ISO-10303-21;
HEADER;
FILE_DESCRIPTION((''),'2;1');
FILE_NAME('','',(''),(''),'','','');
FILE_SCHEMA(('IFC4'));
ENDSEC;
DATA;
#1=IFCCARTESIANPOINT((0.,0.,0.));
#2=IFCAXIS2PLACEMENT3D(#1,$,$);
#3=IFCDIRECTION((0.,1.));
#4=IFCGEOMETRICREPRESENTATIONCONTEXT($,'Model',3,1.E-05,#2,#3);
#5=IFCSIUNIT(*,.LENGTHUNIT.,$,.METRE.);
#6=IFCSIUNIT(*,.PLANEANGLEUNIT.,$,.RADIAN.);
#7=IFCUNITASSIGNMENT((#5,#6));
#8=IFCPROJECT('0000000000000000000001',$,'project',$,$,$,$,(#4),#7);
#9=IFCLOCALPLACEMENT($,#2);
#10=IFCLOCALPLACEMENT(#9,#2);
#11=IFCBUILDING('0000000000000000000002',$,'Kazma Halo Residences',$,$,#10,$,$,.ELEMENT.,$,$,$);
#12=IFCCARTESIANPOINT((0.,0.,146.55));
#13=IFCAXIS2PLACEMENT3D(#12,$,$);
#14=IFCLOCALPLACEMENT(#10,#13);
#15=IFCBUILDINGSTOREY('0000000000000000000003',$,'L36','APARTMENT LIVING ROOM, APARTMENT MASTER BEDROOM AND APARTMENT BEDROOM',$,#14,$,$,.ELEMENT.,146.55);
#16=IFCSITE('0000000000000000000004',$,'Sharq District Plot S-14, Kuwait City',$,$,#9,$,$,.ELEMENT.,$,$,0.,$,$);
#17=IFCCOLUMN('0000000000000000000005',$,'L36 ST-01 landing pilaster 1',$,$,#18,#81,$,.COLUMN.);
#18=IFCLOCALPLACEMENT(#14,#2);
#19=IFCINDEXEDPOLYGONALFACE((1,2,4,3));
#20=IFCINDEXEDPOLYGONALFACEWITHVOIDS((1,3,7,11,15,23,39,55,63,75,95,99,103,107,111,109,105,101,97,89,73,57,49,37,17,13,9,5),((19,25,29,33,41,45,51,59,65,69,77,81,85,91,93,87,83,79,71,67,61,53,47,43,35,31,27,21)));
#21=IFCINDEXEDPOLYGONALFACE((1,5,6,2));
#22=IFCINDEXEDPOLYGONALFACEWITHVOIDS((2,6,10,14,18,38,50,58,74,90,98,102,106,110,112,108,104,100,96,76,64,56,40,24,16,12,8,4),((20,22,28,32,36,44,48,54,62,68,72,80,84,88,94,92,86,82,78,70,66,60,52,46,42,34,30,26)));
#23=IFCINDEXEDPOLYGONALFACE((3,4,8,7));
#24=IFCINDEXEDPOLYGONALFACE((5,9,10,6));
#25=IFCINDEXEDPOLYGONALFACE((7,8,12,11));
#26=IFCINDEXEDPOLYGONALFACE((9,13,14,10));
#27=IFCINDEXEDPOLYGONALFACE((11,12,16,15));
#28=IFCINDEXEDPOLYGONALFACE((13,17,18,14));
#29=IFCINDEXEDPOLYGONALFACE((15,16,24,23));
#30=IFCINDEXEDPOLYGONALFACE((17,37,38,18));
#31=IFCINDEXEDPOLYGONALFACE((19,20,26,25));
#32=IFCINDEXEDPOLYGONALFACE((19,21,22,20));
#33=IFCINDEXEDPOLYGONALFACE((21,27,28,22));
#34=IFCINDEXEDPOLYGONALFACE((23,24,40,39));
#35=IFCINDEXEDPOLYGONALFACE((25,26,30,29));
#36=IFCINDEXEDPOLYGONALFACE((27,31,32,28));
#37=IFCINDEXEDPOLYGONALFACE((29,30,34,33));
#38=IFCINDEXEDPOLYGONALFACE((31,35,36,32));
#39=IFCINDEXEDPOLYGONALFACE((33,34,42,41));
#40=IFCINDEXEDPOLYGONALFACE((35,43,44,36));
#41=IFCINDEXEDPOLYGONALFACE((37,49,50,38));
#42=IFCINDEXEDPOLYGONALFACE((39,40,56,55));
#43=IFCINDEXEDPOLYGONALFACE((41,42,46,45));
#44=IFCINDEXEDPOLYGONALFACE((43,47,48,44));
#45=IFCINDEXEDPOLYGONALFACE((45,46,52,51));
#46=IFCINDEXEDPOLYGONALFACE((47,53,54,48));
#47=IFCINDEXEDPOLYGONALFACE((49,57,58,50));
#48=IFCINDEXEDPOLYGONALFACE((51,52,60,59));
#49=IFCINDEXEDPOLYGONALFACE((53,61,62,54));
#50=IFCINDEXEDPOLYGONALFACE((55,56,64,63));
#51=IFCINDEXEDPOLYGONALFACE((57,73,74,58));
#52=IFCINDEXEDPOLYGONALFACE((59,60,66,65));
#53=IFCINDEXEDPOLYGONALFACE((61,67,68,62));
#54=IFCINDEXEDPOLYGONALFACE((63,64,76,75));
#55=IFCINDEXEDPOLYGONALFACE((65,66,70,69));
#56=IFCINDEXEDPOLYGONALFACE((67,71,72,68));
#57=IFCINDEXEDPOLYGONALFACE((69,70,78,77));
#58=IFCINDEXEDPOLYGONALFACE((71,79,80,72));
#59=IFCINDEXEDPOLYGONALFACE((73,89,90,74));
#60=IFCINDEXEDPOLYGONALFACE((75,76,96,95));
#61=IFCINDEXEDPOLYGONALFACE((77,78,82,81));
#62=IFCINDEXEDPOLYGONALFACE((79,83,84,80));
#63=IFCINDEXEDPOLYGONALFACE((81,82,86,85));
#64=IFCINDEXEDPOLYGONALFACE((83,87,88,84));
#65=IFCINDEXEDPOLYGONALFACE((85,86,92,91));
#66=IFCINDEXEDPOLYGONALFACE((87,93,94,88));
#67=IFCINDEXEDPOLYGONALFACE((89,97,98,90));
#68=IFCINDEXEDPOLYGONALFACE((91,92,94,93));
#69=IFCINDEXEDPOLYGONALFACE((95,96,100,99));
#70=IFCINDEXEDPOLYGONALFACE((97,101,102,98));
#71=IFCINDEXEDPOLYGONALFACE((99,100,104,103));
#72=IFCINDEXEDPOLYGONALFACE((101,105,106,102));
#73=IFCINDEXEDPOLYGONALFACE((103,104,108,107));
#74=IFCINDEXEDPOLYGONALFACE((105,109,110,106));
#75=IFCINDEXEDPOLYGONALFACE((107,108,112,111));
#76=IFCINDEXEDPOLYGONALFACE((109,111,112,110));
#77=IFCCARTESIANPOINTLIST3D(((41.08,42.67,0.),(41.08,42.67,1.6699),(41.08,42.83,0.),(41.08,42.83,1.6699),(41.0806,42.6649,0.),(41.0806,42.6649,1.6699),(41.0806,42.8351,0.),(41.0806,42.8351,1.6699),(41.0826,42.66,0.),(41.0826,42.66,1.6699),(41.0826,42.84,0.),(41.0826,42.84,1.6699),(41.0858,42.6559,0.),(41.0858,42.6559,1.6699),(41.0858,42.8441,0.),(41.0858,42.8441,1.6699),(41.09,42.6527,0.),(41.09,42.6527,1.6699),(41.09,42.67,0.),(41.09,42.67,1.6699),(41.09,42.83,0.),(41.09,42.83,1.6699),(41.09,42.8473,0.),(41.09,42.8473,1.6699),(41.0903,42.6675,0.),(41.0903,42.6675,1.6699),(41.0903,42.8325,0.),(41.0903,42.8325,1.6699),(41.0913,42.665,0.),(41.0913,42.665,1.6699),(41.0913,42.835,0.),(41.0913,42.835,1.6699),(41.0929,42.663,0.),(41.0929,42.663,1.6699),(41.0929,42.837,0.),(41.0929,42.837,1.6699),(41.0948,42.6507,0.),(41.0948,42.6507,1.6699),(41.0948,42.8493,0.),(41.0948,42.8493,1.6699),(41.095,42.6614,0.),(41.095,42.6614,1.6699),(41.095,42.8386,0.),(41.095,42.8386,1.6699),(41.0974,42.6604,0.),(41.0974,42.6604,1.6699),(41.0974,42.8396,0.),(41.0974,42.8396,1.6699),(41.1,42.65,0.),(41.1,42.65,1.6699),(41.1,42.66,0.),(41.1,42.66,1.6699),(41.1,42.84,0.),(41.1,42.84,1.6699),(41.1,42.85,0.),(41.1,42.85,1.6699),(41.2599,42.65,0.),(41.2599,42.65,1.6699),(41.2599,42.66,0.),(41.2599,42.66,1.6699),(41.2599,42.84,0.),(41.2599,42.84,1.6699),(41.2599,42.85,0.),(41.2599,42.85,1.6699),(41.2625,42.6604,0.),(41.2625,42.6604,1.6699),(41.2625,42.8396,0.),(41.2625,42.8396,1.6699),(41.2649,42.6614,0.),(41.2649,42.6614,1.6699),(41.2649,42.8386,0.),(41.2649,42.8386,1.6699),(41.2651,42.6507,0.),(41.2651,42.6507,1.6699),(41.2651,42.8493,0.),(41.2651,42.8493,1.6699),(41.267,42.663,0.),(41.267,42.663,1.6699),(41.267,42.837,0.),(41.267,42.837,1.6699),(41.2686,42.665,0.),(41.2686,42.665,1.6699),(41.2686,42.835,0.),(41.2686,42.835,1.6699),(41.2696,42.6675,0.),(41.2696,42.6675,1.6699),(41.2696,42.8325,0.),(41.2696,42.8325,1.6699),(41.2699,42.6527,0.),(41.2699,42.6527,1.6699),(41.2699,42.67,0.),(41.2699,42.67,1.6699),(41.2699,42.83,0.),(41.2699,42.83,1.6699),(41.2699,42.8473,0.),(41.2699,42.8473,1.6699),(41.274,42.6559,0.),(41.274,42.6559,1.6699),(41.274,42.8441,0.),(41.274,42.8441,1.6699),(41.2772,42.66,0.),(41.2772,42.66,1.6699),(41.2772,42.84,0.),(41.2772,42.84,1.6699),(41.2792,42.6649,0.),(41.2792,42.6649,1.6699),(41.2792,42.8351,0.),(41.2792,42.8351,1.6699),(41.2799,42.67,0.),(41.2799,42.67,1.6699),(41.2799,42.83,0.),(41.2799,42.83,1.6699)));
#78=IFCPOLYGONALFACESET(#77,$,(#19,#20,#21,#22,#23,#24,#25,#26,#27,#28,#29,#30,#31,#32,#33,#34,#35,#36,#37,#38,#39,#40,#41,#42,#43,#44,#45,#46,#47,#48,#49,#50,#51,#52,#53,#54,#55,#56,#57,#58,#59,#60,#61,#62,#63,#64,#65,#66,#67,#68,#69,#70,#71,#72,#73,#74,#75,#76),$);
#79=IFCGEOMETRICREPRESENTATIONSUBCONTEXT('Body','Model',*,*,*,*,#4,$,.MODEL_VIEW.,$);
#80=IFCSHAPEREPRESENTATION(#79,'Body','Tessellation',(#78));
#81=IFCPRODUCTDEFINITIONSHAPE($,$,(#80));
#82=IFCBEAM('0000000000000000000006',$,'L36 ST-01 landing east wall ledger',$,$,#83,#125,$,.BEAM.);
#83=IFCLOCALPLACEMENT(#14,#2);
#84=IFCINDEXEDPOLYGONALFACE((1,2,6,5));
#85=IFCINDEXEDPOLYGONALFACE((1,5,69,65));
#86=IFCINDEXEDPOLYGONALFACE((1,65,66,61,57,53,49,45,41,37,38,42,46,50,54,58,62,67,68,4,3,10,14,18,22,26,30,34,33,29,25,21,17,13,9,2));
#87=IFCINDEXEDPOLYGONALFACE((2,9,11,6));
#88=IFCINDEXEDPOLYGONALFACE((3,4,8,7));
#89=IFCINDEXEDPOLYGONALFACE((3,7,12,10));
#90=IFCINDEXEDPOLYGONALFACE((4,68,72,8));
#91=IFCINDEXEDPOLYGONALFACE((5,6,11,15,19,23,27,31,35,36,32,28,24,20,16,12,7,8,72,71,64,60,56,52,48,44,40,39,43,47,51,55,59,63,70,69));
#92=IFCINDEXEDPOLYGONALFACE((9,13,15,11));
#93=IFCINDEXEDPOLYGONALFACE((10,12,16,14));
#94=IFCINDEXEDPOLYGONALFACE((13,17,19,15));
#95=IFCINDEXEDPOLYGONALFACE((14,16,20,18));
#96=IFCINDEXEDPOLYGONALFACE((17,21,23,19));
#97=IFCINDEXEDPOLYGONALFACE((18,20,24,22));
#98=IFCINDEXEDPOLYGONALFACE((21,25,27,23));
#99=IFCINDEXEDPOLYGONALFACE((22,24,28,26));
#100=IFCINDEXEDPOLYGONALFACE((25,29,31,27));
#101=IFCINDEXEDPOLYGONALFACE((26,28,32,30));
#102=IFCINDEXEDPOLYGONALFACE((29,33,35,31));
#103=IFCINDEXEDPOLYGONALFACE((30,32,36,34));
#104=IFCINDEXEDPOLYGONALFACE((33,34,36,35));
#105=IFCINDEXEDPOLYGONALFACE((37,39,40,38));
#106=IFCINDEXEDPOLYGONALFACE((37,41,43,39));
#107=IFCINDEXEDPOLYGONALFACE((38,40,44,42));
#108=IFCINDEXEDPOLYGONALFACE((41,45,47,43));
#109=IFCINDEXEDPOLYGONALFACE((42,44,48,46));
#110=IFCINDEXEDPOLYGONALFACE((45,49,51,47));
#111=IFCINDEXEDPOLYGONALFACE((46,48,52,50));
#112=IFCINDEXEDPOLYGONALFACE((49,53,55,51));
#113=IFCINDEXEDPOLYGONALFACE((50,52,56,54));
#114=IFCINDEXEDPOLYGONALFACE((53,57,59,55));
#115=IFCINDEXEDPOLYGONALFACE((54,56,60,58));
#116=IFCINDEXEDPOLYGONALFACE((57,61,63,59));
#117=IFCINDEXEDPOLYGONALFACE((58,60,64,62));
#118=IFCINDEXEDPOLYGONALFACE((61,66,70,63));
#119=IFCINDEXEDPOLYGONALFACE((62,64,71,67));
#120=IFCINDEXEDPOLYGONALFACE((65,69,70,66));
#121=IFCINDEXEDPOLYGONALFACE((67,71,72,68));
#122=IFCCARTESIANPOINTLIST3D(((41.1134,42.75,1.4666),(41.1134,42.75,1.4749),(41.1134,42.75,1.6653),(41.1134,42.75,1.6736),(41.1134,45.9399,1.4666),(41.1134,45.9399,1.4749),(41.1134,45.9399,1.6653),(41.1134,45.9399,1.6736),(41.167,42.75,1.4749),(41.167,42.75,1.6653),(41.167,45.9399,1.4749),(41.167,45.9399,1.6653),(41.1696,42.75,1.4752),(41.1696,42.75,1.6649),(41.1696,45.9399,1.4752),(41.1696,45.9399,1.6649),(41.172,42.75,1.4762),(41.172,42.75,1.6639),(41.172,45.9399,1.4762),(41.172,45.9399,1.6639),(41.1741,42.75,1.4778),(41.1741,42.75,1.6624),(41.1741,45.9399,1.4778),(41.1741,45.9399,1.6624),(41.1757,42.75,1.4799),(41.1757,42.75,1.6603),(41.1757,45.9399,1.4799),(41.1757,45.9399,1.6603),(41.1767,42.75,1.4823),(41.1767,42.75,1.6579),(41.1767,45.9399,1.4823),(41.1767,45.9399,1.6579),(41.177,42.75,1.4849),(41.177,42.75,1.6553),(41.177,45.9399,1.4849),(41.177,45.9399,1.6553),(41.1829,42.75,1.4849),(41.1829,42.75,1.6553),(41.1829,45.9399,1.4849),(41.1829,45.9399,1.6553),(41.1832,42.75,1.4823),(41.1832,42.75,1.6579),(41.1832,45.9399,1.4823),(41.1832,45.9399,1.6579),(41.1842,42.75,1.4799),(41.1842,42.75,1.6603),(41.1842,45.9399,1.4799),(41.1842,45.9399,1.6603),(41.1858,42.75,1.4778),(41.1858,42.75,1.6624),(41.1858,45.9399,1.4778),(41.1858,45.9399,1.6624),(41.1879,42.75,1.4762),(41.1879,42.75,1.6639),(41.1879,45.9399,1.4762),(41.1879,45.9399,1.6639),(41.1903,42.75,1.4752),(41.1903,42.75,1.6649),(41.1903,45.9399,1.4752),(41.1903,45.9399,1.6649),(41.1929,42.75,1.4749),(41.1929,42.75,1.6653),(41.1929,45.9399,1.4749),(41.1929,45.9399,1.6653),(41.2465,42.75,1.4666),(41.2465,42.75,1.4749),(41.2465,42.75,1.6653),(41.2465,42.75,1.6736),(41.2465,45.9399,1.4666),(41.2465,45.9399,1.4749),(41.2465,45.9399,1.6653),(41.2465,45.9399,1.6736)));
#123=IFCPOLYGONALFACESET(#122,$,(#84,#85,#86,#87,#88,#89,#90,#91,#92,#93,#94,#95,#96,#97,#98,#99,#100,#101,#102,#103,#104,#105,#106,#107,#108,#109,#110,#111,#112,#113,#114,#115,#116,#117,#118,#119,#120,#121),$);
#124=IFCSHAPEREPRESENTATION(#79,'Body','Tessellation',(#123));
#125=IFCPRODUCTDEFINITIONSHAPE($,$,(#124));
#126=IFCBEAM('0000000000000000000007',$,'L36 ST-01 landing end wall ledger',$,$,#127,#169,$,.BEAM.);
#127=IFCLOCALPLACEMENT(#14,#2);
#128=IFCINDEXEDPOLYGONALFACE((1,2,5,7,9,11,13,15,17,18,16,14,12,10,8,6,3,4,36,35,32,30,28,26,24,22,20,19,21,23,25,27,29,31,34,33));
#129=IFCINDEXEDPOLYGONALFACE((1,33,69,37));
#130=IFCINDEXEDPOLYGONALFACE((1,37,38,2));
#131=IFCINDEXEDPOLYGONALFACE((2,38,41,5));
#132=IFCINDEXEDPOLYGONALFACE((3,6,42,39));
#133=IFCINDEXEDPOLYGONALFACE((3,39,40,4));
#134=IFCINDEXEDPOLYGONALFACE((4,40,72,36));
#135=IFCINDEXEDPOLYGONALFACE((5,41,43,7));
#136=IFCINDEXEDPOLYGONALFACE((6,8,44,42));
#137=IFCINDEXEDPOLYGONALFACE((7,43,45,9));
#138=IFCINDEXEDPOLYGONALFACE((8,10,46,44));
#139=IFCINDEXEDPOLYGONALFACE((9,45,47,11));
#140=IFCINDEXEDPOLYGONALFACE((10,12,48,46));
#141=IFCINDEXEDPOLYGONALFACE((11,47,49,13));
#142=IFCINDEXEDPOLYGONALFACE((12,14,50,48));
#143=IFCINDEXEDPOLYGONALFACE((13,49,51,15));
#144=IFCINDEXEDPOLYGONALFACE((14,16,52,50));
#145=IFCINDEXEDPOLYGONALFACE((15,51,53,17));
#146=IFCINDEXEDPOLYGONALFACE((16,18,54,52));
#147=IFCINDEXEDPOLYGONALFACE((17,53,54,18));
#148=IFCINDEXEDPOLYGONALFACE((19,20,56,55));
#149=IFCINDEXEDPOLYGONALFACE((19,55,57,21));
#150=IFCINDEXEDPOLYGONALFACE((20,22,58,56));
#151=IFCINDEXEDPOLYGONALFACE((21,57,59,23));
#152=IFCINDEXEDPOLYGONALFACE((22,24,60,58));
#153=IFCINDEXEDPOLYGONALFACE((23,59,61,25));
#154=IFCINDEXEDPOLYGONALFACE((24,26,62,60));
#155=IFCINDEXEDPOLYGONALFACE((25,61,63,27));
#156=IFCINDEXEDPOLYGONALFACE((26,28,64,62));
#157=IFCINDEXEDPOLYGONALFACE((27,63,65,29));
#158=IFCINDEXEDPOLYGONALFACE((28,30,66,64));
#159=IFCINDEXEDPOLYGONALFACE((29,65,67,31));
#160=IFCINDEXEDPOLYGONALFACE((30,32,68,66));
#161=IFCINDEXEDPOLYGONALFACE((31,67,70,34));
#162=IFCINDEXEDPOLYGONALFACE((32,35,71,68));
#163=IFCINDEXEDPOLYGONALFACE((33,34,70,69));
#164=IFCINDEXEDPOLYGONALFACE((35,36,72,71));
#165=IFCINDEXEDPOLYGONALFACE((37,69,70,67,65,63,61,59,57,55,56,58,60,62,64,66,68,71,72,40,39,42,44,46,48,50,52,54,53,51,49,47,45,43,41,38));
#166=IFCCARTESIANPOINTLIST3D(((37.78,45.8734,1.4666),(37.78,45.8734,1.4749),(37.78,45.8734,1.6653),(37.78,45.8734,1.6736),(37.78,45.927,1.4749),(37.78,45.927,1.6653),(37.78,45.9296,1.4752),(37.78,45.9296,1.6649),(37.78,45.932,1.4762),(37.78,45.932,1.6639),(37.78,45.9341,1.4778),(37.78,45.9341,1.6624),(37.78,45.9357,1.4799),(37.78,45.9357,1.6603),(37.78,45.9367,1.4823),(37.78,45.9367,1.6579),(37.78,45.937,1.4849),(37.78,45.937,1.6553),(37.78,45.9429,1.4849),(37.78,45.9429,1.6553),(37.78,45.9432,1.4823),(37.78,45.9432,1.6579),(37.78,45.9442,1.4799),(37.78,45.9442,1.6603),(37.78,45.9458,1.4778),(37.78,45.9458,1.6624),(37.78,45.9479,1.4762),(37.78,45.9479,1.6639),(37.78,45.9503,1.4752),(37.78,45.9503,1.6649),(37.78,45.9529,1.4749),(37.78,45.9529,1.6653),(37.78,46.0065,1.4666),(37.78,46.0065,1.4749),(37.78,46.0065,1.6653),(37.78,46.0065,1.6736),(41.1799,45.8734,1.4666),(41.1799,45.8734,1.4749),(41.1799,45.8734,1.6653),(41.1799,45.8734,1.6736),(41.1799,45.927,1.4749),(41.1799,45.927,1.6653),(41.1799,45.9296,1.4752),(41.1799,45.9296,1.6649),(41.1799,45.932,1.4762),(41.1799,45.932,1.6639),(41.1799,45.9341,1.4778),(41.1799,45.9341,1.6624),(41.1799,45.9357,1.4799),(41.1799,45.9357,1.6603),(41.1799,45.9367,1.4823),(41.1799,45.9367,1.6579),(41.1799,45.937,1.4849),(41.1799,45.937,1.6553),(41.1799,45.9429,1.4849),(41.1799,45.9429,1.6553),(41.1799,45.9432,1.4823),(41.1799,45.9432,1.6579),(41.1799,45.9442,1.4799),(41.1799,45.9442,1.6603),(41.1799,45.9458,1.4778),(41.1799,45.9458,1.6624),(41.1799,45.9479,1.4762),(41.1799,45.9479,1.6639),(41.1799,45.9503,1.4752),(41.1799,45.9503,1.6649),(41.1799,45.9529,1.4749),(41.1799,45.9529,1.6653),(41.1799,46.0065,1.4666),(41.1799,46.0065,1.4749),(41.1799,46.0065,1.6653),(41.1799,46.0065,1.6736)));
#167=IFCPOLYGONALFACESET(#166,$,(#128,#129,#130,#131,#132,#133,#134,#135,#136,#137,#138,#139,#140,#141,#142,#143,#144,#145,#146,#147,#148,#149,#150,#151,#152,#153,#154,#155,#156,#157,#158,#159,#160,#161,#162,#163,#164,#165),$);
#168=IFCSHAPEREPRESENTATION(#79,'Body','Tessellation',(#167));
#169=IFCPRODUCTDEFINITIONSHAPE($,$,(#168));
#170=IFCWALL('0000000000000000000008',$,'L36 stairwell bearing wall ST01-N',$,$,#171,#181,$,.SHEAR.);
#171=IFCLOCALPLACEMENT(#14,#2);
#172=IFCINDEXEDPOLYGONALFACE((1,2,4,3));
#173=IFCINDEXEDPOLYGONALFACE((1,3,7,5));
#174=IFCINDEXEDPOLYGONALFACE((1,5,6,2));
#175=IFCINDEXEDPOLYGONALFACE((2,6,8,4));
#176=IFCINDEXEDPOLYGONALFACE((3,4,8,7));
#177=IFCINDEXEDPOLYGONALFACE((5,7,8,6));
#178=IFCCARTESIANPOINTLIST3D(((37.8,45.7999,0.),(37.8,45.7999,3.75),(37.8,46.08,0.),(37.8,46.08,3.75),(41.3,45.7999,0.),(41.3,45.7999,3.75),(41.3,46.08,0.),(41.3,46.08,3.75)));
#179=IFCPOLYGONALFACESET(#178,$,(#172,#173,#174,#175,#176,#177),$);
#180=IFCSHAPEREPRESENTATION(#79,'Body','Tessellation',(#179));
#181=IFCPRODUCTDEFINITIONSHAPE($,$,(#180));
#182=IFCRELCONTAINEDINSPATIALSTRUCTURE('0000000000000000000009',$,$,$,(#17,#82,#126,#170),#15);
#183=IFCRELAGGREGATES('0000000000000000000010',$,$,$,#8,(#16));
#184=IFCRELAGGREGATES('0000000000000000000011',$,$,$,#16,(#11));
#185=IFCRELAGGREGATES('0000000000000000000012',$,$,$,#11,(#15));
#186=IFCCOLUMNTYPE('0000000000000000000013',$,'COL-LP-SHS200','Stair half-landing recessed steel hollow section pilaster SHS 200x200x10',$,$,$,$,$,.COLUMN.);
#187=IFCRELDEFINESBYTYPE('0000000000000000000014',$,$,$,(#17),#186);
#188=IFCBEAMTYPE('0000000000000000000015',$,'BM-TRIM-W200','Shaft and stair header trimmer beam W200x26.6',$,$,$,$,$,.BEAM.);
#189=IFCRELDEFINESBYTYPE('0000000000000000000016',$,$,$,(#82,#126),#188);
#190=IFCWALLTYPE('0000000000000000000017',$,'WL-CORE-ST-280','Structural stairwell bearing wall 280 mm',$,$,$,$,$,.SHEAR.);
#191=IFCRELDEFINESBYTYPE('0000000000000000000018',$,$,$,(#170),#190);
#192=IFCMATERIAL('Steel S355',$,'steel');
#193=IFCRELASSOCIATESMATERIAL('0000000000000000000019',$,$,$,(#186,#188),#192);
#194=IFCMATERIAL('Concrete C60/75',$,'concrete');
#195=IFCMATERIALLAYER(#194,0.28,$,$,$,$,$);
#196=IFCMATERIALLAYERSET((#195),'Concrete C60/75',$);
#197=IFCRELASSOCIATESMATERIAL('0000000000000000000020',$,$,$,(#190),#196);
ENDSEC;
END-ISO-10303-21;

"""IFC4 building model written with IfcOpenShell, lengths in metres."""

from ifc_helpers import new_model, si_unit, direction, frame, frame_2d, origin, origin_2d, place, context, subcontext, project, spatial, rectangle, hollow_rectangle, i_section, extrude, material, layer, layer_set, material_profile, profile_set, type_object, element, save


model = new_model("IFC4")

# Units and contexts
model_context = context("Model", 3, precision=1e-05, world=origin(), true_north=direction((0.0, 1.0)))
body_context = subcontext(model_context, "Body", "Model", "MODEL_VIEW")
ifc_project = project(units=[si_unit("LENGTHUNIT", "METRE"), si_unit("PLANEANGLEUNIT", "RADIAN")], contexts=[model_context])

# Site, building, storey
site_placement = place(None, origin())
site = spatial("IfcSite", under=ifc_project, at=site_placement, Name="Sharq District Plot S-14, Kuwait City", CompositionType="ELEMENT", RefElevation=0.0)
building_placement = place(site_placement, origin())
building = spatial("IfcBuilding", under=site, at=building_placement, Name="Kazma Halo Residences", CompositionType="ELEMENT")
storey_placement = place(building_placement, frame((0.0, 0.0, 146.55)))
storey = spatial("IfcBuildingStorey", under=building, at=storey_placement, Name="L36", Description="APARTMENT LIVING ROOM, APARTMENT MASTER BEDROOM AND APARTMENT BEDROOM", CompositionType="ELEMENT", Elevation=146.55)

# Column
ifc_material_1 = material(Name="Steel S355", Category="steel")
ifc_material_profile_1 = material_profile(ifc_material_1, hollow_rectangle(XDim=0.2, YDim=0.2, WallThickness=0.01, InnerFilletRadius=0.01, OuterFilletRadius=0.02, at=origin_2d()), Name="SHS200x200x10")
ifc_profile_set_1 = profile_set([ifc_material_profile_1], Name="Steel S355")
column_type = type_object("IfcColumnType", Name="COL-LP-SHS200", Description="Stair half-landing recessed steel hollow section pilaster SHS 200x200x10", PredefinedType="COLUMN", material=ifc_profile_set_1)
column_placement = place(storey_placement, frame((41.1799, 42.75, 0.0), z_axis=(0.0, 0.0, 1.0), x_axis=(1.0, 0.0, 0.0)))
element("IfcColumn", 1, at=column_placement, inside=storey, type_object=column_type, Name="L36 ST-01 landing pilaster 1", PredefinedType="COLUMN", context=body_context, shape_type="SweptSolid", body=[
    extrude(hollow_rectangle(XDim=0.2, YDim=0.2, WallThickness=0.01, InnerFilletRadius=0.01, OuterFilletRadius=0.02, at=origin_2d()), origin(), (0.0, 0.0, 1.0), 1.6699),
])

# Beams
ifc_material_profile_2 = material_profile(ifc_material_1, i_section(OverallWidth=0.1331, OverallDepth=0.207, WebThickness=0.0059, FlangeThickness=0.0083, FilletRadius=0.01, at=origin_2d()), Name="W200x26.6")
ifc_profile_set_2 = profile_set([ifc_material_profile_2], Name="Steel S355")
beam_type = type_object("IfcBeamType", Name="BM-TRIM-W200", Description="Shaft and stair header trimmer beam W200x26.6", PredefinedType="BEAM", material=ifc_profile_set_2)
beam_1_placement = place(storey_placement, frame((41.1799, 42.75, 1.5701), z_axis=(0.0, 1.0, 0.0), x_axis=(-1.0, 0.0, 0.0)))
element("IfcBeam", 2, at=beam_1_placement, inside=storey, type_object=beam_type, Name="L36 ST-01 landing east wall ledger", PredefinedType="BEAM", context=body_context, shape_type="SweptSolid", body=[
    extrude(i_section(OverallWidth=0.1331, OverallDepth=0.207, WebThickness=0.0059, FlangeThickness=0.0083, FilletRadius=0.01, at=origin_2d()), origin(), (0.0, 0.0, 1.0), 3.1899),
])
beam_2_placement = place(storey_placement, frame((37.78, 45.9399, 1.5701), z_axis=(1.0, 0.0, 0.0), x_axis=(0.0, 1.0, 0.0)))
element("IfcBeam", 3, at=beam_2_placement, inside=storey, type_object=beam_type, Name="L36 ST-01 landing end wall ledger", PredefinedType="BEAM", context=body_context, shape_type="SweptSolid", body=[
    extrude(i_section(OverallWidth=0.1331, OverallDepth=0.207, WebThickness=0.0059, FlangeThickness=0.0083, FilletRadius=0.01, at=origin_2d()), origin(), (0.0, 0.0, 1.0), 3.3999),
])

# Wall
ifc_material_2 = material(Name="Concrete C60/75", Category="concrete")
ifc_layer_1 = layer(ifc_material_2, 0.28)
ifc_layer_set_1 = layer_set([ifc_layer_1], Name="Concrete C60/75")
wall_type_1 = type_object("IfcWallType", Name="WL-CORE-ST-280", Description="Structural stairwell bearing wall 280 mm", PredefinedType="SHEAR", material=ifc_layer_set_1)
wall_1_placement = place(storey_placement, frame((37.8, 45.9399, 0.0), z_axis=(0.0, 0.0, 1.0), x_axis=(1.0, 0.0, 0.0)))
element("IfcWall", 4, at=wall_1_placement, inside=storey, type_object=wall_type_1, Name="L36 stairwell bearing wall ST01-N", PredefinedType="SHEAR", context=body_context, shape_type="SweptSolid", body=[
    extrude(rectangle(XDim=3.5, YDim=0.28, at=frame_2d((1.75, 0.0))), origin(), (0.0, 0.0, 1.0), 3.75),
])

save(model, "model.ifc")
